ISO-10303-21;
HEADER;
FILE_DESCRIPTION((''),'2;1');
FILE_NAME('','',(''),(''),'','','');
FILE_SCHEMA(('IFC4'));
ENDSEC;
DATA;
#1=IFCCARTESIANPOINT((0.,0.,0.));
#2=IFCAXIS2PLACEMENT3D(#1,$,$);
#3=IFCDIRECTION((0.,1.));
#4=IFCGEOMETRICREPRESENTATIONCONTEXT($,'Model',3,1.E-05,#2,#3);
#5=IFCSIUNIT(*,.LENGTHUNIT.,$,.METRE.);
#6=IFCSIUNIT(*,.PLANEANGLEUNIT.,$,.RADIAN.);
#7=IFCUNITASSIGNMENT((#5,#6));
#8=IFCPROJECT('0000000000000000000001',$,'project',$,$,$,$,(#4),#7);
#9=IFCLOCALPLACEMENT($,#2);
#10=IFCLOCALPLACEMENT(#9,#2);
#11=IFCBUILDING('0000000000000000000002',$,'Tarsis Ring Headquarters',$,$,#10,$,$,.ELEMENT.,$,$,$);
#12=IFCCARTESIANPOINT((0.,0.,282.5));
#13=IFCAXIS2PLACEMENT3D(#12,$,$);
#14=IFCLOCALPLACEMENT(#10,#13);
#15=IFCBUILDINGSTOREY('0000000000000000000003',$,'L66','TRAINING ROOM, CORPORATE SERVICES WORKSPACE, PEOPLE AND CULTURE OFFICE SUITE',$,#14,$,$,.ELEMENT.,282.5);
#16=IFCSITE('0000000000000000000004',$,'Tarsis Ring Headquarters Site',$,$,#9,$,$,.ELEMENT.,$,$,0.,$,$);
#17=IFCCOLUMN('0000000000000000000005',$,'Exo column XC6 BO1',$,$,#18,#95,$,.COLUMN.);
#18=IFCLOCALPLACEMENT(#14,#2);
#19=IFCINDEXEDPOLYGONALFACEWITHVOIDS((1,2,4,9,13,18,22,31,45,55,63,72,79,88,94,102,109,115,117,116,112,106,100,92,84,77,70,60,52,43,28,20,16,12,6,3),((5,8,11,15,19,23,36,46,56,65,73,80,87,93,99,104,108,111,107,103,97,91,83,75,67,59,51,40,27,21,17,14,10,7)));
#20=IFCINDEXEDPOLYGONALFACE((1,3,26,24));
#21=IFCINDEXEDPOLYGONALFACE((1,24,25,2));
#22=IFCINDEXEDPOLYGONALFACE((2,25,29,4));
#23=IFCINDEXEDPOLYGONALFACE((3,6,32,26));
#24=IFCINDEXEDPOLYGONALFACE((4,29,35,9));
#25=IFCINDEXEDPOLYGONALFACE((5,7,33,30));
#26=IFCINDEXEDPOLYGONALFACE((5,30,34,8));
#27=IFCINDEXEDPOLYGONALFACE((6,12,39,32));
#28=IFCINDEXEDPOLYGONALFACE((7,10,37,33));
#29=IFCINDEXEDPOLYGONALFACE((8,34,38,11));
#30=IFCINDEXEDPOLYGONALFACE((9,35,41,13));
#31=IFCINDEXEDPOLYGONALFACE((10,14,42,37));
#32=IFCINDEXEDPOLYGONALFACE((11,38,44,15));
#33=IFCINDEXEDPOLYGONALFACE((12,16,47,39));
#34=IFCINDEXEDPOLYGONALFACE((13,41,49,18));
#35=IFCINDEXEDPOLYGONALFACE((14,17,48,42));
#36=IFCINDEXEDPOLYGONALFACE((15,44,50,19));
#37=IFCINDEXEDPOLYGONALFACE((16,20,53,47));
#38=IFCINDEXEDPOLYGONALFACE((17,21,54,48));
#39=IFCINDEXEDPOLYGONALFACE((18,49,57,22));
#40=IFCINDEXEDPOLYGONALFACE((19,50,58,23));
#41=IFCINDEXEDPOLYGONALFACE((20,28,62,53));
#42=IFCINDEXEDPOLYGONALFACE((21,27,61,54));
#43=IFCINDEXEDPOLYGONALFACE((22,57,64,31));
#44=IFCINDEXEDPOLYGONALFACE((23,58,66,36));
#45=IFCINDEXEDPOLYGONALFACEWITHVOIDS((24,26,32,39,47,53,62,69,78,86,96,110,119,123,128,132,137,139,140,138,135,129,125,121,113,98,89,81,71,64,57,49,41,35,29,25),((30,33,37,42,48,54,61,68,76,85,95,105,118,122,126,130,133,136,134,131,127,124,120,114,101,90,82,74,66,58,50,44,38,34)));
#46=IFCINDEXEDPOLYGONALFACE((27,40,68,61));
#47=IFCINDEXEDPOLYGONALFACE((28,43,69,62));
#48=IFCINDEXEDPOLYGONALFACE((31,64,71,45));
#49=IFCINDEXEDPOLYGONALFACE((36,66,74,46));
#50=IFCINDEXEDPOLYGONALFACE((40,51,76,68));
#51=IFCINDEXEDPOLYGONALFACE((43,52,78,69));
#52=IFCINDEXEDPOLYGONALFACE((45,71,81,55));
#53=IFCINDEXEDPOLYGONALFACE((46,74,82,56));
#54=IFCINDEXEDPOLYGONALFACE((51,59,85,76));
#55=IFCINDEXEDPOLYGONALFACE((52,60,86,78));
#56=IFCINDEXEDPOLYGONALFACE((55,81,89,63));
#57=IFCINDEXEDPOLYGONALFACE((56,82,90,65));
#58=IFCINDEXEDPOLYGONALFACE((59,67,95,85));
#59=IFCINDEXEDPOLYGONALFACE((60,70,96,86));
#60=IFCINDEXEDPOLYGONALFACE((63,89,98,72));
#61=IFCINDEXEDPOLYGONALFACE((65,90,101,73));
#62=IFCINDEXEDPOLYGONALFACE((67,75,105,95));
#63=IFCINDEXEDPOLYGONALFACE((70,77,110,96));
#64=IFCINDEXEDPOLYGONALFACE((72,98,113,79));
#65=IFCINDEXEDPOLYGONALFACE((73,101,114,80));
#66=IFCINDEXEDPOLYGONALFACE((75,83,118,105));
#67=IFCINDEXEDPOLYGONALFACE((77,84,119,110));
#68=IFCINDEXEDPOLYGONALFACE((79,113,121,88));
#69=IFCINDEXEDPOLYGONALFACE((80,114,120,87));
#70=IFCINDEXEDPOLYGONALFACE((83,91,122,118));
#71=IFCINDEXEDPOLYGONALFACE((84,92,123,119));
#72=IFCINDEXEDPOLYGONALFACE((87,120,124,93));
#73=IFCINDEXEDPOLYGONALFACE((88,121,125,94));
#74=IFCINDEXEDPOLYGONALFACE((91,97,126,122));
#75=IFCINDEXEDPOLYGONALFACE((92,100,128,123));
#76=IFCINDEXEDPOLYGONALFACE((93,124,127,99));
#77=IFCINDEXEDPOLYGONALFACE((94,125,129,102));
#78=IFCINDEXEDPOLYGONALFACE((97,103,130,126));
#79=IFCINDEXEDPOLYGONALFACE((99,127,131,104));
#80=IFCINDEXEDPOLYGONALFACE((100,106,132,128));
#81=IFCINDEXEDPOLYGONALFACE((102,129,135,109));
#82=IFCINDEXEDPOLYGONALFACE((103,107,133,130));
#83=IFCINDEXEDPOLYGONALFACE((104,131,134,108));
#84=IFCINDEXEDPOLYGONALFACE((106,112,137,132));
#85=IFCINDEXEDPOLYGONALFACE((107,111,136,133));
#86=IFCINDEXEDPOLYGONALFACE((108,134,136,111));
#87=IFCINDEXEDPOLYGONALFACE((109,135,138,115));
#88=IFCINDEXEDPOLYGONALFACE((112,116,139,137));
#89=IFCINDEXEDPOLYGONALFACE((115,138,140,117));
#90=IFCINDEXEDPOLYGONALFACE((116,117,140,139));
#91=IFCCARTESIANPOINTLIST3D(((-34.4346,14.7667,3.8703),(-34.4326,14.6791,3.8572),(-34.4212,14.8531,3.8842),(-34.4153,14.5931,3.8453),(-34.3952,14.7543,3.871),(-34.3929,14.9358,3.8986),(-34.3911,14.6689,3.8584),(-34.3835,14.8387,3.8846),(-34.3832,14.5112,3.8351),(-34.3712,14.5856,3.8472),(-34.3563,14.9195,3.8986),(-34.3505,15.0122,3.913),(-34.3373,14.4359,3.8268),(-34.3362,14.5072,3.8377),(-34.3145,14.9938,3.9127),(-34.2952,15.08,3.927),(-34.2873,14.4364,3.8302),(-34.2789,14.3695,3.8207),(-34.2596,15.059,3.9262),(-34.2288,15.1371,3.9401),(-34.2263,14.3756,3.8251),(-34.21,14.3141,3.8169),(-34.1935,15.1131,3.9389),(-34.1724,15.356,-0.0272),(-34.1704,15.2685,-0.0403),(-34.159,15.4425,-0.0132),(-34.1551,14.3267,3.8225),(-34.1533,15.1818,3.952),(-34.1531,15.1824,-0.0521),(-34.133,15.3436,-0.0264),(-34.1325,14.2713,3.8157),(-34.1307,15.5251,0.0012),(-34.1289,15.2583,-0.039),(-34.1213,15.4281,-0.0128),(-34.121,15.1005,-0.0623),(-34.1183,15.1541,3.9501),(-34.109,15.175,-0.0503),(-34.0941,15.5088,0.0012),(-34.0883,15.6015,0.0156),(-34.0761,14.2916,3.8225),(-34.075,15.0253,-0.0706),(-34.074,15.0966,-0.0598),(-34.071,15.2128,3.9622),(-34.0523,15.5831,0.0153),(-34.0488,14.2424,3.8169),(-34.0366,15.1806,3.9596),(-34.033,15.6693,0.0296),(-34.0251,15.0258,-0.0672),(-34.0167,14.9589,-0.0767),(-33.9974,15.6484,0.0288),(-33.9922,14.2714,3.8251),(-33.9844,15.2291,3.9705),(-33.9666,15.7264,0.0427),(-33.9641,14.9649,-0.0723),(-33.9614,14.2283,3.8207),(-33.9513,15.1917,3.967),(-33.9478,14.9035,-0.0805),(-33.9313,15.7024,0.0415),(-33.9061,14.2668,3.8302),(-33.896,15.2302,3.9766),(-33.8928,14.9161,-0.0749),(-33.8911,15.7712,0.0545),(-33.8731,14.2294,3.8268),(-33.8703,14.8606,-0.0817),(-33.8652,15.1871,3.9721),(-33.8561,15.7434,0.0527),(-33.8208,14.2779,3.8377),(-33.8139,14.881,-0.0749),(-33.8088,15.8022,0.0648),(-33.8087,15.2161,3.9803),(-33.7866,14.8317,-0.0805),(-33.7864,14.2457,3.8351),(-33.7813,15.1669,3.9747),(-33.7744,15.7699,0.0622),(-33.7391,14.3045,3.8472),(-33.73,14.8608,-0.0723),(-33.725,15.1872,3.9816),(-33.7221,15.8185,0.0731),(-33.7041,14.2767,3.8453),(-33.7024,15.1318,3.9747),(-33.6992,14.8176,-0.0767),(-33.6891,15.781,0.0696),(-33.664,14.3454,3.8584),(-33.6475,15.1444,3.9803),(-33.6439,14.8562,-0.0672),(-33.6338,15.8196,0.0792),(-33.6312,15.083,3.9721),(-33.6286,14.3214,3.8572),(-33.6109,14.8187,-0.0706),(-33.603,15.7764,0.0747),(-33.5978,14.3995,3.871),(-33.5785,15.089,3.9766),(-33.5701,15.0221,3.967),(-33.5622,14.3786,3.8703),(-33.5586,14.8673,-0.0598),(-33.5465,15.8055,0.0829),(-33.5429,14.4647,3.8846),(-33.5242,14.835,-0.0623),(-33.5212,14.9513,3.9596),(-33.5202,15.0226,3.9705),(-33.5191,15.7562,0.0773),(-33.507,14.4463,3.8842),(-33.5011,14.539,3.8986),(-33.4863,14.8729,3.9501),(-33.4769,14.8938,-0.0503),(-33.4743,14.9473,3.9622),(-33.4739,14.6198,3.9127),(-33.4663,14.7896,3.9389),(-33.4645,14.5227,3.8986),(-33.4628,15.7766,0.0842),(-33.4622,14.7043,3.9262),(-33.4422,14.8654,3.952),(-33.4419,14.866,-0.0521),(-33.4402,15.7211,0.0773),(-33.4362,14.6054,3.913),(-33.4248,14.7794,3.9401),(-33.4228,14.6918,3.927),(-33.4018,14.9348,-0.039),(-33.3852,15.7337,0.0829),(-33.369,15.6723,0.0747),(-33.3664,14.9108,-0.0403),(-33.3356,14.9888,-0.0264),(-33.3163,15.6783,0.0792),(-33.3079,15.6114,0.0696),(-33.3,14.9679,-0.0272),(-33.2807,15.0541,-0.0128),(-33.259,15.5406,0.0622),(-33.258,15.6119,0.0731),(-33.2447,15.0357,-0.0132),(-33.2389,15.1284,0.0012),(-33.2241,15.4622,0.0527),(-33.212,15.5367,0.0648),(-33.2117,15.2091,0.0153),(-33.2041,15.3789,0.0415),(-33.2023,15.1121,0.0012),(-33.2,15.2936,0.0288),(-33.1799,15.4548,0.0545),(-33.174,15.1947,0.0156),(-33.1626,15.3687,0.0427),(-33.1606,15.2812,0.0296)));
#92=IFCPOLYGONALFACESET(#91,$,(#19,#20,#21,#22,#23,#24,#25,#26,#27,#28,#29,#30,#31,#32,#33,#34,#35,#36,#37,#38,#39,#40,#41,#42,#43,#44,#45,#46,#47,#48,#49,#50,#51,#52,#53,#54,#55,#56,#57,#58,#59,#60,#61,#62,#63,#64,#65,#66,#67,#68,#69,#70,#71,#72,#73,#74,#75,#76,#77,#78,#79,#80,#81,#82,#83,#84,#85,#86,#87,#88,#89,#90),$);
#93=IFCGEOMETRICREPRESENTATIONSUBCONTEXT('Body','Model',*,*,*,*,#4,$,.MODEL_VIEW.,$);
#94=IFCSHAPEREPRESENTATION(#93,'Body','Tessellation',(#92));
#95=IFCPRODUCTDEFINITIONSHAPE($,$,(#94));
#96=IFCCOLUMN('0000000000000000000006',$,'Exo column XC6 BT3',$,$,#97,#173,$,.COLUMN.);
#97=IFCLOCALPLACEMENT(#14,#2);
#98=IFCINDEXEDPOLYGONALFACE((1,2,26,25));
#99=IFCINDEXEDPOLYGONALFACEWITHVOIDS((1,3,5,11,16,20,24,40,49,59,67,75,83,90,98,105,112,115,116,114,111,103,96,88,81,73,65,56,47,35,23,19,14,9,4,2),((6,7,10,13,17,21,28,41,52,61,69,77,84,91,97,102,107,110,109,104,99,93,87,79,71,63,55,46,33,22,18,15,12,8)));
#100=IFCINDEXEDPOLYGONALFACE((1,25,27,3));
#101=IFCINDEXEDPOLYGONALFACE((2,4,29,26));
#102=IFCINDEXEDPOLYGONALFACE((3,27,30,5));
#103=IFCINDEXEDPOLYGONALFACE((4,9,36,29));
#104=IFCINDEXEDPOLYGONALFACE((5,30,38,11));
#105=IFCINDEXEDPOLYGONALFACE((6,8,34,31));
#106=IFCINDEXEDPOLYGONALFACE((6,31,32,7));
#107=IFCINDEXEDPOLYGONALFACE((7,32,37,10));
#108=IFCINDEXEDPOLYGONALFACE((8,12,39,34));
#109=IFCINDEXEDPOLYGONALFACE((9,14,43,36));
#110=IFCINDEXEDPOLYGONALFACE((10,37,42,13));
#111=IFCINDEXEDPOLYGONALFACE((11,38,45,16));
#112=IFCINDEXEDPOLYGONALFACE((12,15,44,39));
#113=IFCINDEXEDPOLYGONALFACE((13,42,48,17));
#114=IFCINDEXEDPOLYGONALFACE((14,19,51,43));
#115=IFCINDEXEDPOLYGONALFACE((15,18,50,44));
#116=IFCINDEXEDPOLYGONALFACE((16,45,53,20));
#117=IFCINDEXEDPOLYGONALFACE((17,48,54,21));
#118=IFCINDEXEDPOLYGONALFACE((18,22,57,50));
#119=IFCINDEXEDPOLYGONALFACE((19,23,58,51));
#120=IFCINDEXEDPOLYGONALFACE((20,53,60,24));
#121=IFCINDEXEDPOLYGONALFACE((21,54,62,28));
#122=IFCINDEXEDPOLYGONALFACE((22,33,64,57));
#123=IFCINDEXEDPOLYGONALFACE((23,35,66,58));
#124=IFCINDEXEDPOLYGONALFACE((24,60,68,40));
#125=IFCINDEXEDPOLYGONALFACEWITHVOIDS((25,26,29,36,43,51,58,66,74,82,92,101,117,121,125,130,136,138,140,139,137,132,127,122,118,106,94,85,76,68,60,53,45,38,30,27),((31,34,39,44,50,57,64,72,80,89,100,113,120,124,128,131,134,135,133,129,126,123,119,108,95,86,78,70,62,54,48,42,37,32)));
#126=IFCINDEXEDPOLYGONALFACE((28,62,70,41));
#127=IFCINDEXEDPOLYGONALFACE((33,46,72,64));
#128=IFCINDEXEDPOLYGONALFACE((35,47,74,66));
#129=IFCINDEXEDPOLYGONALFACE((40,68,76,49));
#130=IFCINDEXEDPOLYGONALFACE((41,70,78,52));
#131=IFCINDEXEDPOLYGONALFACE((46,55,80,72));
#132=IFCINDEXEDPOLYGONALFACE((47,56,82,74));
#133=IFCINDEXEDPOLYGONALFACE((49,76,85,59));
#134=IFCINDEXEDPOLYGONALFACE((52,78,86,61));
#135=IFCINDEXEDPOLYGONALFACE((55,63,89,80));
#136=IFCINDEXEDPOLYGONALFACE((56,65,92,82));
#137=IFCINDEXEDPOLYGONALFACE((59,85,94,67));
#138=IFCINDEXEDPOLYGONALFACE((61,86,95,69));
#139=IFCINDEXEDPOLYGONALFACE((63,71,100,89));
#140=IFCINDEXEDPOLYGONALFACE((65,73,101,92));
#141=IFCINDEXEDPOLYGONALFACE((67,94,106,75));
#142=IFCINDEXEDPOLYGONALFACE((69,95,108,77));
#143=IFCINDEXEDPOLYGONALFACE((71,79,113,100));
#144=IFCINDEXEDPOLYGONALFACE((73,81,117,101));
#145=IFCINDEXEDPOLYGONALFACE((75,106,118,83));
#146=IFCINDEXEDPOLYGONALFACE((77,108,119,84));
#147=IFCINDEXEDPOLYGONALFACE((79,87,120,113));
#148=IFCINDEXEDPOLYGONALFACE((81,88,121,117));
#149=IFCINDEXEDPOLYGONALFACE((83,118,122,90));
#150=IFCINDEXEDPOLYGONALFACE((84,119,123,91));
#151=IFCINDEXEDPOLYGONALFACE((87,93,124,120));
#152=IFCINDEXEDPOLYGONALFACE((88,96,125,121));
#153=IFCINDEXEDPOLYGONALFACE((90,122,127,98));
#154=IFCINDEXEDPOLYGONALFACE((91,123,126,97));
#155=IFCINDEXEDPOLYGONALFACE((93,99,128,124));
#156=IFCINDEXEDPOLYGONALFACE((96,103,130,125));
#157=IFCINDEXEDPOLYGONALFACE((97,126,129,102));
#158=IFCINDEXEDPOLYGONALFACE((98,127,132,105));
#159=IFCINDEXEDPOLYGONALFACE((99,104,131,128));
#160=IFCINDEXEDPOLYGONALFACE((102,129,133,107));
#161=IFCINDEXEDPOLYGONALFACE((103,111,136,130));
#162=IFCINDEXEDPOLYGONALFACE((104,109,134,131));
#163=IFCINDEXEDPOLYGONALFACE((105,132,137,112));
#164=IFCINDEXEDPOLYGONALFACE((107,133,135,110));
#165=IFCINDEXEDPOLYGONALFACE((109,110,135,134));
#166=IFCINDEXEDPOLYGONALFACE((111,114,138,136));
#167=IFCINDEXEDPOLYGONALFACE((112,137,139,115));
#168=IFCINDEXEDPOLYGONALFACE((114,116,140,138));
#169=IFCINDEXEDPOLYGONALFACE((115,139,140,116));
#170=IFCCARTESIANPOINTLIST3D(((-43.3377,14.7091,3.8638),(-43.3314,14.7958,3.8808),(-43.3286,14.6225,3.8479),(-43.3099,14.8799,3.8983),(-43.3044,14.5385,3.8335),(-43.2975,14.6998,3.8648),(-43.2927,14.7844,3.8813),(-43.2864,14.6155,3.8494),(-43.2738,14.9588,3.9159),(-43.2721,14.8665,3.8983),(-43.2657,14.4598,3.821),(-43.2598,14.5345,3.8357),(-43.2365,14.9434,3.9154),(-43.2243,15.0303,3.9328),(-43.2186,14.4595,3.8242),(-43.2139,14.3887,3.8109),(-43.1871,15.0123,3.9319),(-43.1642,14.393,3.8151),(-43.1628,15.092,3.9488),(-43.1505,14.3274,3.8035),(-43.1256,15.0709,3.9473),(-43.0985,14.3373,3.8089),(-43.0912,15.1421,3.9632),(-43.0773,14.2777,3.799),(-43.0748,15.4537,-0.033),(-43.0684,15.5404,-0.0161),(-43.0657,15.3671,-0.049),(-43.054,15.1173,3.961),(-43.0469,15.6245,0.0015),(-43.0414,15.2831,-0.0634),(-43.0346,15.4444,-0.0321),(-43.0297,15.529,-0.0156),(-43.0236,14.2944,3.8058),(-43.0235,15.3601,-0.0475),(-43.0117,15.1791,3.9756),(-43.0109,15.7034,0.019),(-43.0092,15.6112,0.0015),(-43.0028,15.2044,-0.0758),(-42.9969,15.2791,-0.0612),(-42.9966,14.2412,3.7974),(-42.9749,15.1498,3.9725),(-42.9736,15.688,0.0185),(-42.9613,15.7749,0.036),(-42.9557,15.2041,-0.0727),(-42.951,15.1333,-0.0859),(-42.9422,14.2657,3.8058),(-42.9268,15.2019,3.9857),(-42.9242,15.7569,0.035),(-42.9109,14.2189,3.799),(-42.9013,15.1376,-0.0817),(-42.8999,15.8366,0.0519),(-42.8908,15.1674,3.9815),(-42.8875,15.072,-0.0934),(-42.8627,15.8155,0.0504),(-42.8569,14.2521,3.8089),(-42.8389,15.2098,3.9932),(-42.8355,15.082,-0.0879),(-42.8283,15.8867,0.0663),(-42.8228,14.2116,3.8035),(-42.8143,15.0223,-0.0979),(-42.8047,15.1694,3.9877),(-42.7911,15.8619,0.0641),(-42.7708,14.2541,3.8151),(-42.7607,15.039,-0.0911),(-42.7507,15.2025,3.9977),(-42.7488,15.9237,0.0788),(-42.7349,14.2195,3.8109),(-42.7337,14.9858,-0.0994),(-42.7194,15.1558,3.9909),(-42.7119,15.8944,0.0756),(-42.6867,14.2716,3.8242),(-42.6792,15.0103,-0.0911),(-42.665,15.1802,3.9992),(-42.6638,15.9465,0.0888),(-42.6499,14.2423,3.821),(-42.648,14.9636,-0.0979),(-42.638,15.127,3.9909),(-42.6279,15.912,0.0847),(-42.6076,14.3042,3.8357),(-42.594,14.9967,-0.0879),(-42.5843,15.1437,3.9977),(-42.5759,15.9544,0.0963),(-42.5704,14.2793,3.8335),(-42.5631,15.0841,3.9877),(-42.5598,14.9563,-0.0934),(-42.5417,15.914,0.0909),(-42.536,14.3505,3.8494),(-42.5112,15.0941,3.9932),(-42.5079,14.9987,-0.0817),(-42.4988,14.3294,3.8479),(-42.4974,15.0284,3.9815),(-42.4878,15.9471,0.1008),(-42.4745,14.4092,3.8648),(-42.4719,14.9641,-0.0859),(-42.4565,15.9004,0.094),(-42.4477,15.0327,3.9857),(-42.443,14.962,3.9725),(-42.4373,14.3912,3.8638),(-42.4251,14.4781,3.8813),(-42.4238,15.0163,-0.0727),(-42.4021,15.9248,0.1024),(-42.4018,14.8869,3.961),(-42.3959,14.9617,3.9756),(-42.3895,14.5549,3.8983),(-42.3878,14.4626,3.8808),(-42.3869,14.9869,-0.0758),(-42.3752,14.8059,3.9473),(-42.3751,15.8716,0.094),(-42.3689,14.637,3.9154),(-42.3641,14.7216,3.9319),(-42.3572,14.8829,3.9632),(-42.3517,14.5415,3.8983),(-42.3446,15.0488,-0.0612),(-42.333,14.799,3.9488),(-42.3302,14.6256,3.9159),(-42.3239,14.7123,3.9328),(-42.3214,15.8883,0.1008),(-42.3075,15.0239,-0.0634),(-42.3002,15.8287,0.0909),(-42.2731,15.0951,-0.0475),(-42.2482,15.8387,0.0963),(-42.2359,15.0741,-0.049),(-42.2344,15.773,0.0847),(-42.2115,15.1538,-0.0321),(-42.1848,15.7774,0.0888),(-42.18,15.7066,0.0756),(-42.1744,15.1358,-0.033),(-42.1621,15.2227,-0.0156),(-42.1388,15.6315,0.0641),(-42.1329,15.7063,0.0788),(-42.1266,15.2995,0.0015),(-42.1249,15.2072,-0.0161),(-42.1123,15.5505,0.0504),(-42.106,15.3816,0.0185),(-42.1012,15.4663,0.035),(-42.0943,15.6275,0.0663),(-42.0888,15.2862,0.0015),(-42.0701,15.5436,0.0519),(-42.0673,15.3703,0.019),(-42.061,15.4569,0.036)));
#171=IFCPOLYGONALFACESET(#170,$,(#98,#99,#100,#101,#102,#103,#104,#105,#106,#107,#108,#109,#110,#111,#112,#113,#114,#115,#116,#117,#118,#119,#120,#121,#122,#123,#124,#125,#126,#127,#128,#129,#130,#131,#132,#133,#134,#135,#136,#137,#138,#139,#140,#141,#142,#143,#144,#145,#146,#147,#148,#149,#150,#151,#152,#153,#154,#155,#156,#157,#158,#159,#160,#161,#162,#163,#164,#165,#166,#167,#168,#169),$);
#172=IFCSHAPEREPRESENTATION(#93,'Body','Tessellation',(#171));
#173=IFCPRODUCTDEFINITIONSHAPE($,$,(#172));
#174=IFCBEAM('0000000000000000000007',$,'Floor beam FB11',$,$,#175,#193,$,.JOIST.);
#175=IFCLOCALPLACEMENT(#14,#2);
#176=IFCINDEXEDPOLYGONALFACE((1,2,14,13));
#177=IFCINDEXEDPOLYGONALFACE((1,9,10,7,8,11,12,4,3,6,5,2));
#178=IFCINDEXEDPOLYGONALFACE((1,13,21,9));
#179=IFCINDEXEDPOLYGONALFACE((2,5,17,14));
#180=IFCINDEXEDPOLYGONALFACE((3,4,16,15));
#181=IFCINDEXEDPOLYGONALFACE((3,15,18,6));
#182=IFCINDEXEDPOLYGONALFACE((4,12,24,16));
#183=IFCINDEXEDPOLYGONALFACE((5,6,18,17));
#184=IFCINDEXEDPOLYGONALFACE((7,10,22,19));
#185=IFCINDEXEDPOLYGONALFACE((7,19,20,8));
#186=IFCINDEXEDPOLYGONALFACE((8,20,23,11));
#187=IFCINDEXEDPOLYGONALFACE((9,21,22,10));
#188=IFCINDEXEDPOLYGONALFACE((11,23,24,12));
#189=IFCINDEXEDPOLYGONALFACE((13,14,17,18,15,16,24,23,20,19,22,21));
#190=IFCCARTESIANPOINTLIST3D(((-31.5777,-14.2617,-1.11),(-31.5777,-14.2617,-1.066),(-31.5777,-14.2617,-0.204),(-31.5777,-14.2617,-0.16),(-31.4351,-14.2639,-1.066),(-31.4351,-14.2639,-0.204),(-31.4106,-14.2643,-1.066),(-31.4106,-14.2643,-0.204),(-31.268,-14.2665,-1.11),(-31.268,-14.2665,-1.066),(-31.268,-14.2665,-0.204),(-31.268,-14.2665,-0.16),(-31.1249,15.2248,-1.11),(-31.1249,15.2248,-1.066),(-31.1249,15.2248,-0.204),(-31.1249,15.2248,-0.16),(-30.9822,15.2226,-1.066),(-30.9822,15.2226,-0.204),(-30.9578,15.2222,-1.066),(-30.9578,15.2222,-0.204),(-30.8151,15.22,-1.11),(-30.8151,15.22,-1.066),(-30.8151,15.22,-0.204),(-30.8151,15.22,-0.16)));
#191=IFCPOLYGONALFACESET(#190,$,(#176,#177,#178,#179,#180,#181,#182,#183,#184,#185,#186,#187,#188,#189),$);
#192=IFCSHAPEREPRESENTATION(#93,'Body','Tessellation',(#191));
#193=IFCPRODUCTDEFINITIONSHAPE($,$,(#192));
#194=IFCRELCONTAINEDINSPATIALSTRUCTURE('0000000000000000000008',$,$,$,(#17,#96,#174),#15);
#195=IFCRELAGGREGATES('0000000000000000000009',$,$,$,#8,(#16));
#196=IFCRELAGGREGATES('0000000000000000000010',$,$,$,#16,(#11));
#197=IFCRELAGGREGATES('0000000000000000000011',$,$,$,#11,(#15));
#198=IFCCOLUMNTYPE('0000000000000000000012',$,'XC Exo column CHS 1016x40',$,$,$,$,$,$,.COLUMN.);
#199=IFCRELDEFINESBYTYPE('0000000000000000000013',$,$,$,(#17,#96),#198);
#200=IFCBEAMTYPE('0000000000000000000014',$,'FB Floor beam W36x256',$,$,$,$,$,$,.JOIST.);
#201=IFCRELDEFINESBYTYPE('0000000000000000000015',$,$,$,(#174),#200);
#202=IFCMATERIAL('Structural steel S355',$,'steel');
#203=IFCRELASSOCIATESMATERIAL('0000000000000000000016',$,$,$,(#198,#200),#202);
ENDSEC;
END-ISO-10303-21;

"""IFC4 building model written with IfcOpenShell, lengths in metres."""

from ifc_helpers import new_model, si_unit, direction, frame, origin, origin_2d, place, context, subcontext, project, spatial, hollow_circle, i_section, extrude, material, material_profile, profile_set, type_object, element, save


model = new_model("IFC4")

# Units and contexts
model_context = context("Model", 3, precision=1e-05, world=origin(), true_north=direction((0.0, 1.0)))
body_context = subcontext(model_context, "Body", "Model", "MODEL_VIEW")
ifc_project = project(units=[si_unit("LENGTHUNIT", "METRE"), si_unit("PLANEANGLEUNIT", "RADIAN")], contexts=[model_context])

# Site, building, storey
site_placement = place(None, origin())
site = spatial("IfcSite", under=ifc_project, at=site_placement, Name="Tarsis Ring Headquarters Site", CompositionType="ELEMENT", RefElevation=0.0)
building_placement = place(site_placement, origin())
building = spatial("IfcBuilding", under=site, at=building_placement, Name="Tarsis Ring Headquarters", CompositionType="ELEMENT")
storey_placement = place(building_placement, frame((0.0, 0.0, 282.5)))
storey = spatial("IfcBuildingStorey", under=building, at=storey_placement, Name="L66", Description="TRAINING ROOM, CORPORATE SERVICES WORKSPACE, PEOPLE AND CULTURE OFFICE SUITE", CompositionType="ELEMENT", Elevation=282.5)

# Columns
ifc_material_1 = material(Name="Structural steel S355", Category="steel")
ifc_material_profile_1 = material_profile(ifc_material_1, hollow_circle(Radius=0.5081, WallThickness=0.04, at=origin_2d()), Name="CHS 1016x40")
ifc_profile_set_1 = profile_set([ifc_material_profile_1], Name="Structural steel S355")
column_type = type_object("IfcColumnType", Name="XC Exo column CHS 1016x40", PredefinedType="COLUMN", material=ifc_profile_set_1)
column_1_placement = place(storey_placement, frame((-33.6665, 15.3186, 0.0012), z_axis=(-0.066373, -0.149186, 0.986579), x_axis=(0.913655, -0.40649, 0.0)))
element("IfcColumn", 1, at=column_1_placement, inside=storey, type_object=column_type, Name="Exo column XC6 BO1", PredefinedType="COLUMN", context=body_context, shape_type="SweptSolid", body=[
    extrude(hollow_circle(Radius=0.5081, WallThickness=0.04, at=origin_2d()), origin(), (0.0, 0.0, 1.0), 3.9504),
])
column_2_placement = place(storey_placement, frame((-42.5679, 15.4553, 0.0015), z_axis=(-0.066129, -0.187272, 0.98008), x_axis=(0.942939, -0.332966, 0.0)))
element("IfcColumn", 2, at=column_2_placement, inside=storey, type_object=column_type, Name="Exo column XC6 BT3", PredefinedType="COLUMN", context=body_context, shape_type="SweptSolid", body=[
    extrude(hollow_circle(Radius=0.5081, WallThickness=0.04, at=origin_2d()), origin(), (0.0, 0.0, 1.0), 3.9761),
])

# Beam
ifc_material_profile_2 = material_profile(ifc_material_1, i_section(OverallWidth=0.3098, OverallDepth=0.95, WebThickness=0.0244, FlangeThickness=0.0439, at=origin_2d()), Name="W36x256")
ifc_profile_set_2 = profile_set([ifc_material_profile_2], Name="Structural steel S355")
beam_type_1 = type_object("IfcBeamType", Name="FB Floor beam W36x256", PredefinedType="JOIST", material=ifc_profile_set_2)
beam_1_placement = place(storey_placement, frame((-30.97, 15.2224, -0.635), z_axis=(-0.015357, -0.999882, 0.0), x_axis=(0.999882, -0.015357, 0.0)))
element("IfcBeam", 3, at=beam_1_placement, inside=storey, type_object=beam_type_1, Name="Floor beam FB11", PredefinedType="JOIST", context=body_context, shape_type="SweptSolid", body=[
    extrude(i_section(OverallWidth=0.3098, OverallDepth=0.95, WebThickness=0.0244, FlangeThickness=0.0439, at=origin_2d()), origin(), (0.0, 0.0, 1.0), 29.49),
])

save(model, "model.ifc")
